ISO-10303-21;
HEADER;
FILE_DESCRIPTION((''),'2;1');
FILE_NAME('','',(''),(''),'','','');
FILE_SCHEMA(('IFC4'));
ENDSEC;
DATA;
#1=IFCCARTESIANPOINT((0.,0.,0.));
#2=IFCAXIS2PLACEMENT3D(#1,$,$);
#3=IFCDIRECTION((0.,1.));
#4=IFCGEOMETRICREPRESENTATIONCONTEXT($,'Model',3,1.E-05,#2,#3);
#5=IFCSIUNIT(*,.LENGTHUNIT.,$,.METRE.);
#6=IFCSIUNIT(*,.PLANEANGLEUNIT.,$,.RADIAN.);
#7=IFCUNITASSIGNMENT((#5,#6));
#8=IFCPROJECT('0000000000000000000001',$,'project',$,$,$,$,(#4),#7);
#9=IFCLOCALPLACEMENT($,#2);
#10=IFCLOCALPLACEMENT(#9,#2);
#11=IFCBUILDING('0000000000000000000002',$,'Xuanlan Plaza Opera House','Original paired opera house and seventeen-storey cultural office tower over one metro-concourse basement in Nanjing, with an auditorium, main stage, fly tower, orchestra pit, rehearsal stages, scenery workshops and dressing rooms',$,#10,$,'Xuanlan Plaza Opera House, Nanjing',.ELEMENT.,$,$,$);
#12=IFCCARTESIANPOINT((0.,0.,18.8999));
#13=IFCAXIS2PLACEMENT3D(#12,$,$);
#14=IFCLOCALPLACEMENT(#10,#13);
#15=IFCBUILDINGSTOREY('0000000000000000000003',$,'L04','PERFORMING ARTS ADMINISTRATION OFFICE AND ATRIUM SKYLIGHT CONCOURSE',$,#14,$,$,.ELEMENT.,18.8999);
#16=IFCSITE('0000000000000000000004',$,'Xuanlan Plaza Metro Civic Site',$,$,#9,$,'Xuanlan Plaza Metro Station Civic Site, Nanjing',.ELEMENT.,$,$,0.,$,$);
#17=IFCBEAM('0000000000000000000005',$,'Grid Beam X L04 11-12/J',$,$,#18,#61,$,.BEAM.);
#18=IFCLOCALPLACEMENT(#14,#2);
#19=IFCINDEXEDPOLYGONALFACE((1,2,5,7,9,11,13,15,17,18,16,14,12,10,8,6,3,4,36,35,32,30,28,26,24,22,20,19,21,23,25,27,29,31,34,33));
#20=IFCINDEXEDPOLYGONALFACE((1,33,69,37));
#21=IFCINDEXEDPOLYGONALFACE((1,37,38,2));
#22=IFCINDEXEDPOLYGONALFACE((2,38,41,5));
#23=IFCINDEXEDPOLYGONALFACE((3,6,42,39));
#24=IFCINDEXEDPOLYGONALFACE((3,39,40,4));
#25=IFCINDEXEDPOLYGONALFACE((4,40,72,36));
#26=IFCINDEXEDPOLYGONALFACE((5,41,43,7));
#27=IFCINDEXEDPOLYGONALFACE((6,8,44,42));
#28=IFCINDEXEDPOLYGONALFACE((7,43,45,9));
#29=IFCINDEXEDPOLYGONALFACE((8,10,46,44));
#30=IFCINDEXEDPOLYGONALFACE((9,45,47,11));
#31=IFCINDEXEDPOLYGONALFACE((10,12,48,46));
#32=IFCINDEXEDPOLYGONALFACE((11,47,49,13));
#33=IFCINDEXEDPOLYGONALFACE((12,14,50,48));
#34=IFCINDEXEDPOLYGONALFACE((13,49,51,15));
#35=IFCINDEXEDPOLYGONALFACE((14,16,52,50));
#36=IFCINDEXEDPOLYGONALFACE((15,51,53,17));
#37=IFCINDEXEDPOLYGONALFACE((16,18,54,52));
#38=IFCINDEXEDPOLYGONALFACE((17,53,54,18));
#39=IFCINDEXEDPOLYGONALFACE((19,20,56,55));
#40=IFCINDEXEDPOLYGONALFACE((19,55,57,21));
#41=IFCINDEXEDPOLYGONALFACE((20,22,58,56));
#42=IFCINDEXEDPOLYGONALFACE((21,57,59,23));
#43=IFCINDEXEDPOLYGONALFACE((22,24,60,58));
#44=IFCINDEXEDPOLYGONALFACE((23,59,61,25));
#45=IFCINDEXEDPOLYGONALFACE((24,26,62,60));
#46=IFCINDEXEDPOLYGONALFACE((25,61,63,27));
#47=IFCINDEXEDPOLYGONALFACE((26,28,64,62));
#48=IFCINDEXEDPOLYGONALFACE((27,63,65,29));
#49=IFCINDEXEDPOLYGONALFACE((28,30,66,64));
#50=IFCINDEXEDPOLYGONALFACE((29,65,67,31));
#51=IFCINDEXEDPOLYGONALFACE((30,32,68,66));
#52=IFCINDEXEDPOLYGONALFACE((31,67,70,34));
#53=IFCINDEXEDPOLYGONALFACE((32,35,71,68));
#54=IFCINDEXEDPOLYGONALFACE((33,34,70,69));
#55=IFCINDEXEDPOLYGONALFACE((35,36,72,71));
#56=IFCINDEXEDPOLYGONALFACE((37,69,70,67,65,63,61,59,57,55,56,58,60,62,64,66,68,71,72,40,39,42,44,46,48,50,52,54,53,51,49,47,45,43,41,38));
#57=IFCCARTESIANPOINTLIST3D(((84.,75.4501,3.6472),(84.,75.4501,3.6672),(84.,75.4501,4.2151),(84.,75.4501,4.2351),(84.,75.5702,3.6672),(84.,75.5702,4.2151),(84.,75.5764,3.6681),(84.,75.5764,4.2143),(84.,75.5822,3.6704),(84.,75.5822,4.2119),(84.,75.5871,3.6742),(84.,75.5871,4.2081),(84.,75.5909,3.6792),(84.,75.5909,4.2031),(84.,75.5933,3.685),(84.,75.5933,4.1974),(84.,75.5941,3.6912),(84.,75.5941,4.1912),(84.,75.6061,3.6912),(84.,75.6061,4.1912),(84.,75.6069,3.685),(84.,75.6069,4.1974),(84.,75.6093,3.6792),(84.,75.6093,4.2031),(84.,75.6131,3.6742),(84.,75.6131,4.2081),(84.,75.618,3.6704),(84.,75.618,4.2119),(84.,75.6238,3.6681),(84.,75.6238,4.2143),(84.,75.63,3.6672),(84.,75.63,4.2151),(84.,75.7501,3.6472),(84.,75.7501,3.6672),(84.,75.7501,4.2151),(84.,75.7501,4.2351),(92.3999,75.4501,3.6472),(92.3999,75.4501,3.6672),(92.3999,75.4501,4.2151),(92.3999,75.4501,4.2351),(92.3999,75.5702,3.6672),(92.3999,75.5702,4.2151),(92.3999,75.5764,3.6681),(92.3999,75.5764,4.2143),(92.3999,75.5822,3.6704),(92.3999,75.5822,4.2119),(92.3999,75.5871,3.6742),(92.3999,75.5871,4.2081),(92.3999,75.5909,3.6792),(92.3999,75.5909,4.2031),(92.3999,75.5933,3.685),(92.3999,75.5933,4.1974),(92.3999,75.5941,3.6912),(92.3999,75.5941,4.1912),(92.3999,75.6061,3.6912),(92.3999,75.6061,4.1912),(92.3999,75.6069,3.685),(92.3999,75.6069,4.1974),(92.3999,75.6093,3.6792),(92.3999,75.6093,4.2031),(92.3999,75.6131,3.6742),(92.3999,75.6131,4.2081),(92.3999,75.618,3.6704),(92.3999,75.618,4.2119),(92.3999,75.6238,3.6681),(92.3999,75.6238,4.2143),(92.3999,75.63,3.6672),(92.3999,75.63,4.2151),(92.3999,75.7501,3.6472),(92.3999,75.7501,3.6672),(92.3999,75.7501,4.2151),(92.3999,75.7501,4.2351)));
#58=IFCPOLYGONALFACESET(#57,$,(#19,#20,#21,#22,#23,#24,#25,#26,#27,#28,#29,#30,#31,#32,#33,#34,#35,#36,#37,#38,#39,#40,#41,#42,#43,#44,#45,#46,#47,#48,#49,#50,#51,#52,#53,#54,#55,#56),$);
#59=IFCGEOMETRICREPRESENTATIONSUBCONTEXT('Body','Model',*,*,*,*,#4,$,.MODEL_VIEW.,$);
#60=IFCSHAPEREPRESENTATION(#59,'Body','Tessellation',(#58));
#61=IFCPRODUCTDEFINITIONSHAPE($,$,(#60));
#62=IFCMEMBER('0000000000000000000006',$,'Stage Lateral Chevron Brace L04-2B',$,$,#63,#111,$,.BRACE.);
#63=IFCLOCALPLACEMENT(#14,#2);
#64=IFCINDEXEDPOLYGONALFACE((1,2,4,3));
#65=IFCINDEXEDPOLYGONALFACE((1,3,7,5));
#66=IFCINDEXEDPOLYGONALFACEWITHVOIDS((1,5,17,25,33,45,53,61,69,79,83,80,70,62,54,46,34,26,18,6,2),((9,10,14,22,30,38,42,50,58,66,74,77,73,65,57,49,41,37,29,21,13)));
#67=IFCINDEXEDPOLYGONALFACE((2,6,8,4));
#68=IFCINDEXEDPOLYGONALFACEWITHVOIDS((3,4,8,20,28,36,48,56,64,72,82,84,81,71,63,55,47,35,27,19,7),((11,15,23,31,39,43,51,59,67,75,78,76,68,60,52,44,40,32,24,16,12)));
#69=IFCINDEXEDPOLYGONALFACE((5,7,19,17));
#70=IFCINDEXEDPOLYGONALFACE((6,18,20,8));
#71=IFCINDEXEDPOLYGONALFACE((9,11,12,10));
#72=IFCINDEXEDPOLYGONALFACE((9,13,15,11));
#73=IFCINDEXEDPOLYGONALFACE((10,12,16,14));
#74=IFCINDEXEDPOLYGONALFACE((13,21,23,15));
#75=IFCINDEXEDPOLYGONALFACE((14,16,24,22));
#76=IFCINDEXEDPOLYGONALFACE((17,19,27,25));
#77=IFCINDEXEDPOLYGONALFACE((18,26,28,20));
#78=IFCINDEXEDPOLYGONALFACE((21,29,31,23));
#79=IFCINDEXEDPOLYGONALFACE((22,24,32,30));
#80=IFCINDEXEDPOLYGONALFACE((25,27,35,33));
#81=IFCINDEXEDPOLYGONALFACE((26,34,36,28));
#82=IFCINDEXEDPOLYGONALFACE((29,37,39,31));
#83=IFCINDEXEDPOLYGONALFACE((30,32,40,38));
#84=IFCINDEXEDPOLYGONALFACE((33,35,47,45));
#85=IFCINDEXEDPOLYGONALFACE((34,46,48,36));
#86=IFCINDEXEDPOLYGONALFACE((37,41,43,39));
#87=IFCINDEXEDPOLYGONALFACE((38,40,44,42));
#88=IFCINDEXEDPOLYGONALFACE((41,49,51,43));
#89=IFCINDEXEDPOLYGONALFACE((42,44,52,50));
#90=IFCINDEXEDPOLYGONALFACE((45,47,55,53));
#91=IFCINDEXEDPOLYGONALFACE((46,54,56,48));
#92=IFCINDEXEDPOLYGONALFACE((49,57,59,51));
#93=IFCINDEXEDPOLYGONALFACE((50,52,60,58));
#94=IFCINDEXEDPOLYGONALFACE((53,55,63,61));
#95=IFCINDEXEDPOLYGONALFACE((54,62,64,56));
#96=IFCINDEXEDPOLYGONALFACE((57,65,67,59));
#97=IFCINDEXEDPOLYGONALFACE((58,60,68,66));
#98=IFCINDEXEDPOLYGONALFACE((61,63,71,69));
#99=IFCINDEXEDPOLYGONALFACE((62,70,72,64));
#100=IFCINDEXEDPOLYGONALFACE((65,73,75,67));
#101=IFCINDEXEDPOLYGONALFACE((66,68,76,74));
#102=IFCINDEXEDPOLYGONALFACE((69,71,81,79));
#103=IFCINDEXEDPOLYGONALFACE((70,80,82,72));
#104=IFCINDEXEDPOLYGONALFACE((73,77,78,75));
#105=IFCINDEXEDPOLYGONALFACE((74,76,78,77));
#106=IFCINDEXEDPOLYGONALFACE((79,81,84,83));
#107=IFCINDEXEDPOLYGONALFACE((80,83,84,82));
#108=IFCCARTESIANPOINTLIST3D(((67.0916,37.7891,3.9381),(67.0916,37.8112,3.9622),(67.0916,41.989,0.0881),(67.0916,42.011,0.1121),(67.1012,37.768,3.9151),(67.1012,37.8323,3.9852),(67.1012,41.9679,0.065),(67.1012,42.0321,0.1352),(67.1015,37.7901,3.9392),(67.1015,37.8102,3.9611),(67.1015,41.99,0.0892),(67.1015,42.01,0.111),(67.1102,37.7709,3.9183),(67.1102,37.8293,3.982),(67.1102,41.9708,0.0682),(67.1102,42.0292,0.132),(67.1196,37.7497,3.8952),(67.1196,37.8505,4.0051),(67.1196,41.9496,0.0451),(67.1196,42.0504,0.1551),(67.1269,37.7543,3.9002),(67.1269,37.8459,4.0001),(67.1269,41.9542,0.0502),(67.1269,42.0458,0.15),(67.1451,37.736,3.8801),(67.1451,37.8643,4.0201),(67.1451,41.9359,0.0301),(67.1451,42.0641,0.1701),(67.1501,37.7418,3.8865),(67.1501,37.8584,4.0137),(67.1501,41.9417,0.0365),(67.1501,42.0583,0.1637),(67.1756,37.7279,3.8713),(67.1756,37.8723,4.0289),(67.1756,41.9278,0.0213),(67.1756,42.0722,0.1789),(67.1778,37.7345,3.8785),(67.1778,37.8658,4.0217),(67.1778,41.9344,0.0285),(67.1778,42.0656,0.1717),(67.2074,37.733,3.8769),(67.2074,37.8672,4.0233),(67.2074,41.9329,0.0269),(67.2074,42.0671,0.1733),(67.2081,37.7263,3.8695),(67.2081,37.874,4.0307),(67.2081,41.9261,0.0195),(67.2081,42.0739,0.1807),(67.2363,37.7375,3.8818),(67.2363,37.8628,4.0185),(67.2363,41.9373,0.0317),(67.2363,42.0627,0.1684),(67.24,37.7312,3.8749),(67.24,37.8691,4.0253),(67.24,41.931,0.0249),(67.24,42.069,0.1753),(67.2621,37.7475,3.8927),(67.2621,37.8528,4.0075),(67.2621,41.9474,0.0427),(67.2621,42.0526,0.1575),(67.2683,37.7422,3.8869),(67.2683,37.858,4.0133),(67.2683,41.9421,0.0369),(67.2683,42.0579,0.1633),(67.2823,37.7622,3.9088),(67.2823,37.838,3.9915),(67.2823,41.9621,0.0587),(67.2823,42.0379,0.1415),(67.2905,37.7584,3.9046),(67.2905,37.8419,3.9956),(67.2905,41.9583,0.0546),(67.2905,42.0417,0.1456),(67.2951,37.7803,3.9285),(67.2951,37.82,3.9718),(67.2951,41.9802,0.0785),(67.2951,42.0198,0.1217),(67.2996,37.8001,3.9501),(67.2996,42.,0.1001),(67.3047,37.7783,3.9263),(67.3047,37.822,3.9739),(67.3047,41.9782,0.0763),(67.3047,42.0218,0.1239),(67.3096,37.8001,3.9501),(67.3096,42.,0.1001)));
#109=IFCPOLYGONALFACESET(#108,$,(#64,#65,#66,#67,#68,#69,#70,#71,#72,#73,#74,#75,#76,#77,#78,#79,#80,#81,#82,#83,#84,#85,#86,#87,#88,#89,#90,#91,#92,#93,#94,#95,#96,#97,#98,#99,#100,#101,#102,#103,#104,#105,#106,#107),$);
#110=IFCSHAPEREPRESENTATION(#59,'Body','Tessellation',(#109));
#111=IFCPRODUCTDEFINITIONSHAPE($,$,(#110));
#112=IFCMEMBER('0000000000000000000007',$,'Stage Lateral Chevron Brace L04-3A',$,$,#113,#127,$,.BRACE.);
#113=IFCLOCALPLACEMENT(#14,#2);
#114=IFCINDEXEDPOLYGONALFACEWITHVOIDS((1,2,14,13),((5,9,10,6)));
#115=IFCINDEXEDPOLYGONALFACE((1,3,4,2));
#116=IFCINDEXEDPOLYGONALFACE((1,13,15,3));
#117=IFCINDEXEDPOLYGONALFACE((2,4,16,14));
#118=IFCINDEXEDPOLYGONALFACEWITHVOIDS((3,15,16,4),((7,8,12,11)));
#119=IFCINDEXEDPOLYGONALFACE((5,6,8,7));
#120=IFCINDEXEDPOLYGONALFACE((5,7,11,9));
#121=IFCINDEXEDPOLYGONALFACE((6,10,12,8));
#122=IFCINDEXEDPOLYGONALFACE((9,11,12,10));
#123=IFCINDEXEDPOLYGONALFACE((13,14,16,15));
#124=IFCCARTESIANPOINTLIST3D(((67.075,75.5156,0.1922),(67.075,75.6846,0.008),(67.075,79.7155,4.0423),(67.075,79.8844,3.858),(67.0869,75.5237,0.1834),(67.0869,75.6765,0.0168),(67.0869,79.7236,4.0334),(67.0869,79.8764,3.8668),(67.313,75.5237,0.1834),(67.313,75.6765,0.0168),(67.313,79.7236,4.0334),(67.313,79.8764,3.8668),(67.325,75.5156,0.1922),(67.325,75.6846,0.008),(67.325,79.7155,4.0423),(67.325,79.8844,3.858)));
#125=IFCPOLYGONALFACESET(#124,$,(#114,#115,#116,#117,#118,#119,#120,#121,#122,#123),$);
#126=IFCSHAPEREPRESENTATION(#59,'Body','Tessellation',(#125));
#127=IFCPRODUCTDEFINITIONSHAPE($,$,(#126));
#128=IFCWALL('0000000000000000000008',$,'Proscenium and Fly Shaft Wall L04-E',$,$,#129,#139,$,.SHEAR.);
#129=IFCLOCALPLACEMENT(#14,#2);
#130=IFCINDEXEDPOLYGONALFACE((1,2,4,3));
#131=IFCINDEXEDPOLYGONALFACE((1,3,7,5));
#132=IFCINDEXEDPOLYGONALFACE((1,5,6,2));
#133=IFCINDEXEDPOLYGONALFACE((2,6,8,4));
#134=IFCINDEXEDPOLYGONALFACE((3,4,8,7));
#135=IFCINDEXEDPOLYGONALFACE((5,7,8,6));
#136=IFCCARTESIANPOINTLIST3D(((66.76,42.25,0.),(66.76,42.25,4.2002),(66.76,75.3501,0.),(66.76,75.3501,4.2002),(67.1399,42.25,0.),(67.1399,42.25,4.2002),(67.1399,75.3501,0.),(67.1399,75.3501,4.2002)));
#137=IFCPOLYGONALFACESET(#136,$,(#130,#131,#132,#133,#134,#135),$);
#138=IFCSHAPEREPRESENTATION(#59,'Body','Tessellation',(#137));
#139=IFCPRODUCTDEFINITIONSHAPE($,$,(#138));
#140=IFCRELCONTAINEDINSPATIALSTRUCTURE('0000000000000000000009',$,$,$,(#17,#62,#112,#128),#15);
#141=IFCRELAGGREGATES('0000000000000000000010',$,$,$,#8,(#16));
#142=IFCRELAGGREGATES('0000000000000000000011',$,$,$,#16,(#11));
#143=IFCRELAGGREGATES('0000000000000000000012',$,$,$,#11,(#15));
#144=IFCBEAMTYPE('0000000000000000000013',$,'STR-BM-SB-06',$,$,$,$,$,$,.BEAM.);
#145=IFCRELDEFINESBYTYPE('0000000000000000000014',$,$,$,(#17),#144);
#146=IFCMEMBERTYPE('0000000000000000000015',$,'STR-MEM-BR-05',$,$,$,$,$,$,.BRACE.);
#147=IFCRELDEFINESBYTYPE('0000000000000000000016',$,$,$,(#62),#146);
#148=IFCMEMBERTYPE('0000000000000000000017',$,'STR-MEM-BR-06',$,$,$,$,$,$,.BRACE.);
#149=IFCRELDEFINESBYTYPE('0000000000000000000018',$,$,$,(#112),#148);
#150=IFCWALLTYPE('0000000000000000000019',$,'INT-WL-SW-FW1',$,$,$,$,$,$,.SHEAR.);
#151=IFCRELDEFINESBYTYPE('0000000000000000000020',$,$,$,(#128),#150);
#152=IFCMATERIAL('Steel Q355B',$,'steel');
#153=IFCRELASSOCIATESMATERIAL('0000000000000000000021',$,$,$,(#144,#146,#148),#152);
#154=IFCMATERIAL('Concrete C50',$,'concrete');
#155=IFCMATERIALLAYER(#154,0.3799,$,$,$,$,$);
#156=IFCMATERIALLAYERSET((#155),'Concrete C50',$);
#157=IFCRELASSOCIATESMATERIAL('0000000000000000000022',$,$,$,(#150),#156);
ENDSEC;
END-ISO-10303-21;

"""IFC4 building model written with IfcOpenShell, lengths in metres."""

from ifc_helpers import new_model, si_unit, direction, frame, frame_2d, origin, origin_2d, place, context, subcontext, project, spatial, rectangle, hollow_rectangle, hollow_circle, i_section, extrude, material, layer, layer_set, material_profile, profile_set, type_object, element, save


model = new_model("IFC4")

# Units and contexts
model_context = context("Model", 3, precision=1e-05, world=origin(), true_north=direction((0.0, 1.0)))
body_context = subcontext(model_context, "Body", "Model", "MODEL_VIEW")
ifc_project = project(units=[si_unit("LENGTHUNIT", "METRE"), si_unit("PLANEANGLEUNIT", "RADIAN")], contexts=[model_context])

# Site, building, storey
site_placement = place(None, origin())
site = spatial("IfcSite", under=ifc_project, at=site_placement, Name="Xuanlan Plaza Metro Civic Site", LongName="Xuanlan Plaza Metro Station Civic Site, Nanjing", CompositionType="ELEMENT", RefElevation=0.0)
building_placement = place(site_placement, origin())
building = spatial("IfcBuilding", under=site, at=building_placement, Name="Xuanlan Plaza Opera House", Description="Original paired opera house and seventeen-storey cultural office tower over one metro-concourse basement in Nanjing, with an auditorium, main stage, fly tower, orchestra pit, rehearsal stages, scenery workshops and dressing rooms", LongName="Xuanlan Plaza Opera House, Nanjing", CompositionType="ELEMENT")
storey_placement = place(building_placement, frame((0.0, 0.0, 18.8999)))
storey = spatial("IfcBuildingStorey", under=building, at=storey_placement, Name="L04", Description="PERFORMING ARTS ADMINISTRATION OFFICE AND ATRIUM SKYLIGHT CONCOURSE", CompositionType="ELEMENT", Elevation=18.8999)

# Shared definitions
ifc_material_1 = material(Name="Concrete C50", Category="concrete")

# Beam
ifc_material_2 = material(Name="Steel Q355B", Category="steel")
ifc_material_profile_1 = material_profile(ifc_material_2, i_section(OverallWidth=0.3, OverallDepth=0.5879, WebThickness=0.012, FlangeThickness=0.02, FilletRadius=0.0239, at=origin_2d()), Name="HM 588x300x12x20")
ifc_profile_set_1 = profile_set([ifc_material_profile_1], Name="Steel Q355B")
beam_type_1 = type_object("IfcBeamType", Name="STR-BM-SB-06", PredefinedType="BEAM", material=ifc_profile_set_1)
for number, where, z_axis, x_axis, name in (
    (1, (84.0, 75.6001, 3.9412), (1.0, 0.0, 0.0), (0.0, 1.0, 0.0), "Grid Beam X L04 11-12/J"),
):
    element("IfcBeam", number, at=place(storey_placement, frame(where, z_axis=z_axis, x_axis=x_axis)), inside=storey, type_object=beam_type_1, Name=name, PredefinedType="BEAM", context=body_context, shape_type="SweptSolid", body=[
        extrude(i_section(OverallWidth=0.3, OverallDepth=0.5879, WebThickness=0.012, FlangeThickness=0.02, FilletRadius=0.0239, at=origin_2d()), origin(), (0.0, 0.0, 1.0), 8.3999),
    ])

# Members
ifc_material_profile_2 = material_profile(ifc_material_2, hollow_circle(Radius=0.1096, WallThickness=0.01, at=origin_2d()), Name="CHS 219.1x10")
ifc_profile_set_2 = profile_set([ifc_material_profile_2], Name="Steel Q355B")
member_type_1 = type_object("IfcMemberType", Name="STR-MEM-BR-05", PredefinedType="BRACE", material=ifc_profile_set_2)
member_1_placement = place(storey_placement, frame((67.2, 42.0, 0.1001), z_axis=(0.0, -0.737142, 0.675738), x_axis=(1.0, 0.0, 0.0)))
element("IfcMember", 2, at=member_1_placement, inside=storey, type_object=member_type_1, Name="Stage Lateral Chevron Brace L04-2B", PredefinedType="BRACE", context=body_context, shape_type="SweptSolid", body=[
    extrude(hollow_circle(Radius=0.1096, WallThickness=0.01, at=origin_2d()), origin(), (0.0, 0.0, 1.0), 5.6975),
])
ifc_material_profile_3 = material_profile(ifc_material_2, hollow_rectangle(XDim=0.25, YDim=0.25, WallThickness=0.012, at=origin_2d()), Name="SHS 250x250x12")
ifc_profile_set_3 = profile_set([ifc_material_profile_3], Name="Steel Q355B")
member_type_2 = type_object("IfcMemberType", Name="STR-MEM-BR-06", PredefinedType="BRACE", material=ifc_profile_set_3)
member_2_placement = place(storey_placement, frame((67.2, 75.6001, 0.1001), z_axis=(0.0, 0.737142, 0.675738), x_axis=(-1.0, 0.0, 0.0)))
element("IfcMember", 3, at=member_2_placement, inside=storey, type_object=member_type_2, Name="Stage Lateral Chevron Brace L04-3A", PredefinedType="BRACE", context=body_context, shape_type="SweptSolid", body=[
    extrude(hollow_rectangle(XDim=0.25, YDim=0.25, WallThickness=0.012, at=origin_2d()), origin(), (0.0, 0.0, 1.0), 5.6975),
])

# Wall
ifc_layer = layer(ifc_material_1, 0.3799)
ifc_layer_set = layer_set([ifc_layer], Name="Concrete C50")
wall_type = type_object("IfcWallType", Name="INT-WL-SW-FW1", PredefinedType="SHEAR", material=ifc_layer_set)
wall_placement = place(storey_placement, frame((66.95, 42.25, 0.0), z_axis=(0.0, 0.0, 1.0), x_axis=(0.0, 1.0, 0.0)))
element("IfcWall", 4, at=wall_placement, inside=storey, type_object=wall_type, Name="Proscenium and Fly Shaft Wall L04-E", PredefinedType="SHEAR", context=body_context, shape_type="SweptSolid", body=[
    extrude(rectangle(XDim=33.1001, YDim=0.3799, at=frame_2d((16.55, 0.0))), origin(), (0.0, 0.0, 1.0), 4.2002),
])

save(model, "model.ifc")
